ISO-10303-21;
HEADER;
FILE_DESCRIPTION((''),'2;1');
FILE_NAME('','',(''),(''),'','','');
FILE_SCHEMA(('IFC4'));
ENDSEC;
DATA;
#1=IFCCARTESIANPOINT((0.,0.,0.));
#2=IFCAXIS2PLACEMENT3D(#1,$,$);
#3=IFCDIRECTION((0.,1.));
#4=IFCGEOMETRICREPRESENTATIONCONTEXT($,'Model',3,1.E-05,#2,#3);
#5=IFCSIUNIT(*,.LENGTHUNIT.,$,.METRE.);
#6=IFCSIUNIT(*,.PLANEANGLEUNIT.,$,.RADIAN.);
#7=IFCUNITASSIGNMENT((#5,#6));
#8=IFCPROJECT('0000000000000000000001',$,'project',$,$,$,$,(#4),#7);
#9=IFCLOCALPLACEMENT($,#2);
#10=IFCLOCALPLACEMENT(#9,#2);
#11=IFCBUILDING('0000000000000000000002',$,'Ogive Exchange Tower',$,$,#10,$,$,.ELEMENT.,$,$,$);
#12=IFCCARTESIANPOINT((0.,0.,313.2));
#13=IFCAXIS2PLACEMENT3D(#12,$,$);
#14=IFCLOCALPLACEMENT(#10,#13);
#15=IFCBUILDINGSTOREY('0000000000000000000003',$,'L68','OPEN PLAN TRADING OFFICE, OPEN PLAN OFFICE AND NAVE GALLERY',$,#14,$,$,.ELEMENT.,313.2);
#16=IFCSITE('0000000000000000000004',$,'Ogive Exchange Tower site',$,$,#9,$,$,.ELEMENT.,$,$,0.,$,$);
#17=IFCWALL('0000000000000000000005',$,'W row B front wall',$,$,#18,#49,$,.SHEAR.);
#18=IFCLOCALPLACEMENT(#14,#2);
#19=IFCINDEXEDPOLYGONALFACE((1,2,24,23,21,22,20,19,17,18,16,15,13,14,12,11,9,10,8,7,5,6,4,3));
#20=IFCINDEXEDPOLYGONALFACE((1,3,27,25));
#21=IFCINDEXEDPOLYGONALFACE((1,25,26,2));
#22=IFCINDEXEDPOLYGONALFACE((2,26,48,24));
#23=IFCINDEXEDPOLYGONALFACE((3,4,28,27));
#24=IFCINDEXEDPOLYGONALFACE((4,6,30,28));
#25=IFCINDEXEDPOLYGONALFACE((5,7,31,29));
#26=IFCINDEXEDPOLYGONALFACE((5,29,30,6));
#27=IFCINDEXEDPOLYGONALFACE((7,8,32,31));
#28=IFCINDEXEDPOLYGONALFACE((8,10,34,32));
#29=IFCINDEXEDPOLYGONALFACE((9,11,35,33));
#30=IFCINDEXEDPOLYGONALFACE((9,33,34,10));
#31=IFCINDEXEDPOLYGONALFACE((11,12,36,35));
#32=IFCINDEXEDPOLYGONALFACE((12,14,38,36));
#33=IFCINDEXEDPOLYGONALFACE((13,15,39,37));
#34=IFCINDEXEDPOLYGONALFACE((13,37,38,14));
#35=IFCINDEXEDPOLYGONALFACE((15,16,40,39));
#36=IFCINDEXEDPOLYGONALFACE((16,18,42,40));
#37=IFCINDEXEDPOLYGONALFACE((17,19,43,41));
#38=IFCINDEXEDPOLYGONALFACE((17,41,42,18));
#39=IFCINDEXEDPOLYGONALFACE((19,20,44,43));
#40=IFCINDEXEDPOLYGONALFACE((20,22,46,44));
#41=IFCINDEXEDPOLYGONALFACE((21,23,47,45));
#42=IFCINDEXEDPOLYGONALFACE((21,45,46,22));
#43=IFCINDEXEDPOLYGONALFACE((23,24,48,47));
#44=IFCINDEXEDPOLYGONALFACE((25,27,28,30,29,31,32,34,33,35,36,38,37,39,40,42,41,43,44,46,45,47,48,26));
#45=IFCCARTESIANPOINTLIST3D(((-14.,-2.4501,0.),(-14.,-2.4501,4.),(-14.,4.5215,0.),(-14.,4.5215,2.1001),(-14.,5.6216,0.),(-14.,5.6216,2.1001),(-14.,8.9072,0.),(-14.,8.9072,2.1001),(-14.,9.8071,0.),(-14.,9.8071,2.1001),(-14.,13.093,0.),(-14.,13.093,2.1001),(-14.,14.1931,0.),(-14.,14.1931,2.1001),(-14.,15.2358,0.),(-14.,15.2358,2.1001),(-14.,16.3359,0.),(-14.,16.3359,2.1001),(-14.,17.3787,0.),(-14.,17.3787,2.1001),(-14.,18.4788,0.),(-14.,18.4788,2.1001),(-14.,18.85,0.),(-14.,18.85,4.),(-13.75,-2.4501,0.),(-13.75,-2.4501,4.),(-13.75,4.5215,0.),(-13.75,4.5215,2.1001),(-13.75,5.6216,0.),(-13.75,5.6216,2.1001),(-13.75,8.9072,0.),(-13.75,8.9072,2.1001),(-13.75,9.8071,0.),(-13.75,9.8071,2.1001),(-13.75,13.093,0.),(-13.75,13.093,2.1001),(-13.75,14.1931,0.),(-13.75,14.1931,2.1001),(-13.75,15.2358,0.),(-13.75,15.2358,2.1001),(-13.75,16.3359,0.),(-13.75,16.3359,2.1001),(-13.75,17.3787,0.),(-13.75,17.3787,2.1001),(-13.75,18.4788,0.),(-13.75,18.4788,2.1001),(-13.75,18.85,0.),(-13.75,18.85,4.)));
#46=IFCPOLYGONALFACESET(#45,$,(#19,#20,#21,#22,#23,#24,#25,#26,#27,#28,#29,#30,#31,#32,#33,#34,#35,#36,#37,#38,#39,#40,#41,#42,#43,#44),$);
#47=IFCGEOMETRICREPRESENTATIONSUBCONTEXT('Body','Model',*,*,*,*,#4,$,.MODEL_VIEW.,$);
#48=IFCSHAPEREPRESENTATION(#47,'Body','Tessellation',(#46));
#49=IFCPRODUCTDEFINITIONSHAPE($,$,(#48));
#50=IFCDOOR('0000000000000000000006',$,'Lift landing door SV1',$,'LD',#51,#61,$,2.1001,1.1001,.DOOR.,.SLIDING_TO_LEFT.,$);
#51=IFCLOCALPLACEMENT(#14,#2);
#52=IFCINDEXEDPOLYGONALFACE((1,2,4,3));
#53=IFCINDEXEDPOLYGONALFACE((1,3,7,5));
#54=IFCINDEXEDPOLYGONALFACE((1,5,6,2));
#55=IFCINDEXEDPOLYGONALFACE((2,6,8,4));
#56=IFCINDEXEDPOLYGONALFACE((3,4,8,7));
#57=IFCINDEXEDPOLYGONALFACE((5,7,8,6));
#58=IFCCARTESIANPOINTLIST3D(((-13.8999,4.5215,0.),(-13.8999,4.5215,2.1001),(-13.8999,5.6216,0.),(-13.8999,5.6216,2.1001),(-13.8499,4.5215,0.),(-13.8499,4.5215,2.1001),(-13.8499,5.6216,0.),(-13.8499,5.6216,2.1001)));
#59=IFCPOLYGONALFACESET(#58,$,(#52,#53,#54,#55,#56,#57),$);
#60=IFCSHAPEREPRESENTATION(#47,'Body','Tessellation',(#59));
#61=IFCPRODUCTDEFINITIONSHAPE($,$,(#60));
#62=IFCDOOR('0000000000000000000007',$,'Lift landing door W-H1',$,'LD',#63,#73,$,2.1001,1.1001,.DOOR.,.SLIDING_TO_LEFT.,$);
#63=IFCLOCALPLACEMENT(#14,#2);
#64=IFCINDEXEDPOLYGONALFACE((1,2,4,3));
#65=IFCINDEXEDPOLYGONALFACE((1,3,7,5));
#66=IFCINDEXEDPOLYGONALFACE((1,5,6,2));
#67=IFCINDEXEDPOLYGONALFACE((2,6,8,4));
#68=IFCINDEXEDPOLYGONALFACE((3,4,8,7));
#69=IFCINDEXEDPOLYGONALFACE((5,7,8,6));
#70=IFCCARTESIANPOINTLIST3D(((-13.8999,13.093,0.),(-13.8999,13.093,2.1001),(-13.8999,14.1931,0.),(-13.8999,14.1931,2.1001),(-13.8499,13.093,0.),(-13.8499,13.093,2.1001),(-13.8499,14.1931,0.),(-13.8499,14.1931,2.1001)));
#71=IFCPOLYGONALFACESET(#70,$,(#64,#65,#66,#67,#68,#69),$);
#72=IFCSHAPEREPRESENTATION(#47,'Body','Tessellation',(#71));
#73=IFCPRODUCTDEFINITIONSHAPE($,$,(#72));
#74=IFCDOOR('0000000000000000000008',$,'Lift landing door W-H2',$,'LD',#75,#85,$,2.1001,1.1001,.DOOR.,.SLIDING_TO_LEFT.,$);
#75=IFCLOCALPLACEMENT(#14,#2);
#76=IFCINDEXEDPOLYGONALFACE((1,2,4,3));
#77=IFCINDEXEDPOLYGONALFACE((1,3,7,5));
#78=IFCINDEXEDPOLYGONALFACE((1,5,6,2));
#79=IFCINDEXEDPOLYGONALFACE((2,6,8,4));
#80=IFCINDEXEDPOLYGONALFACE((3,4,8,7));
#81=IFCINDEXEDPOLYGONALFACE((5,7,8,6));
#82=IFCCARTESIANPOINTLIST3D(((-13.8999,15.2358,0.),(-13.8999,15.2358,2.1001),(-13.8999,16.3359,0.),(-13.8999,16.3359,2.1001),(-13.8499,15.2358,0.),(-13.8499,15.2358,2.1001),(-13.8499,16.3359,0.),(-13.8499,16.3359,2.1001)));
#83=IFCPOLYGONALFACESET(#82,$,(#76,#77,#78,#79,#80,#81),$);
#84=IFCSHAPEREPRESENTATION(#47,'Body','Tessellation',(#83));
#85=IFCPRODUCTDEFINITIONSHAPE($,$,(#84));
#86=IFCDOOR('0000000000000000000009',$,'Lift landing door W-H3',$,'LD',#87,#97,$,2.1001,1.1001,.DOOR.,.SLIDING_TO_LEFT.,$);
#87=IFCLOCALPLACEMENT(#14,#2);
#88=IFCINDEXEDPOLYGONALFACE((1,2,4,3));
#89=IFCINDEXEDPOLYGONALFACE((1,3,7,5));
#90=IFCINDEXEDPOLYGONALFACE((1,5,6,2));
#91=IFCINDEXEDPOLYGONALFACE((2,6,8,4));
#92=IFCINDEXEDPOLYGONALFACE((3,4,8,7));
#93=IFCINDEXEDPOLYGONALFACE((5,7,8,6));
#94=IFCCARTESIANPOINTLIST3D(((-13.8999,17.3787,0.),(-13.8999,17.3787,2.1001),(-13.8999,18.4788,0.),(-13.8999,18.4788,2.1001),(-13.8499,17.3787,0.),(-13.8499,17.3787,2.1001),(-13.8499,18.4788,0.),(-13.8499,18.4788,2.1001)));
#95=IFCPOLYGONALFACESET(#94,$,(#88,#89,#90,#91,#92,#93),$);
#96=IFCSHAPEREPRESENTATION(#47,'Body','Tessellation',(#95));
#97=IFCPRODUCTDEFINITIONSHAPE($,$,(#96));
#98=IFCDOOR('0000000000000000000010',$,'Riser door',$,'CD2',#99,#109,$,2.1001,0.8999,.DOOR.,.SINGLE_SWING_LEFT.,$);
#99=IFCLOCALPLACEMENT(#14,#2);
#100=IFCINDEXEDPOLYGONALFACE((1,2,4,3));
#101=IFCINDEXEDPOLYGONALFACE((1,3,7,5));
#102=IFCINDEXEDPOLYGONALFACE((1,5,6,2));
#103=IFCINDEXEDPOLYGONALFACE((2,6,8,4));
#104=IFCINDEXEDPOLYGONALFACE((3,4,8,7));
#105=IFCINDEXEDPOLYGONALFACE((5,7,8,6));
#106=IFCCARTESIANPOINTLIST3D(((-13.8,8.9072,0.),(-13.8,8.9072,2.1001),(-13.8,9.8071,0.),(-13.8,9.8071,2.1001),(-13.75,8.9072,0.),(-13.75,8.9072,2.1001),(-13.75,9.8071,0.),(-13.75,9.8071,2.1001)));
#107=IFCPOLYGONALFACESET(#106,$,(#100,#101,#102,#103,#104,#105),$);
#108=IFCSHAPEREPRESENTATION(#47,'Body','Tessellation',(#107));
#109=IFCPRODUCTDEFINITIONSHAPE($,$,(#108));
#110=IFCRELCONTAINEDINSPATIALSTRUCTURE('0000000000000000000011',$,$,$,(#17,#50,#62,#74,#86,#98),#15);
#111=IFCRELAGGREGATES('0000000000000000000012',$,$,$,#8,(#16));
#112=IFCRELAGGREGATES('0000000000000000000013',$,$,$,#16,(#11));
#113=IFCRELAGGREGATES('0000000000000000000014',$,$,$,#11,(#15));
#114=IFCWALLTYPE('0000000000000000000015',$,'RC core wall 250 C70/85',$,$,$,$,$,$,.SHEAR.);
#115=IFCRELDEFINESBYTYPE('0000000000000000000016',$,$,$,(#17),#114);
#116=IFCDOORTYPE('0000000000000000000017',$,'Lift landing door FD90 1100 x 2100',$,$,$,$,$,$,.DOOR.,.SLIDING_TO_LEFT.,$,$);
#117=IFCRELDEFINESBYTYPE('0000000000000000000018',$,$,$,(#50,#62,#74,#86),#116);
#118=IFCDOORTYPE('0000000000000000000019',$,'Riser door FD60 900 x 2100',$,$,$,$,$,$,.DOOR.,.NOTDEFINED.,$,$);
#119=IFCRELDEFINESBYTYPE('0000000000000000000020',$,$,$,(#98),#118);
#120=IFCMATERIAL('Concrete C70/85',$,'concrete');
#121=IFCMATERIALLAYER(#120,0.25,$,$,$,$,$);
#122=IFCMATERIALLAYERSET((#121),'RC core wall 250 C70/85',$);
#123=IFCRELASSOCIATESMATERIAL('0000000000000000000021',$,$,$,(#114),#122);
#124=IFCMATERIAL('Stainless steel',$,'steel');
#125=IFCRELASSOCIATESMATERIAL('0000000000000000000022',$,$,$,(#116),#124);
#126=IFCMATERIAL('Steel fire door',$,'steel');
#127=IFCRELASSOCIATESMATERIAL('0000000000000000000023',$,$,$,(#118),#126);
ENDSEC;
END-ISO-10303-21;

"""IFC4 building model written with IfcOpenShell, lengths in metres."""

from ifc_helpers import new_model, si_unit, direction, frame, frame_2d, origin, place, context, subcontext, project, spatial, rectangle, extrude, material, layer, layer_set, type_object, element, fill, save


model = new_model("IFC4")

# Units and contexts
model_context = context("Model", 3, precision=1e-05, world=origin(), true_north=direction((0.0, 1.0)))
body_context = subcontext(model_context, "Body", "Model", "MODEL_VIEW")
ifc_project = project(units=[si_unit("LENGTHUNIT", "METRE"), si_unit("PLANEANGLEUNIT", "RADIAN")], contexts=[model_context])

# Site, building, storey
site_placement = place(None, origin())
site = spatial("IfcSite", under=ifc_project, at=site_placement, Name="Ogive Exchange Tower site", CompositionType="ELEMENT", RefElevation=0.0)
building_placement = place(site_placement, origin())
building = spatial("IfcBuilding", under=site, at=building_placement, Name="Ogive Exchange Tower", CompositionType="ELEMENT")
storey_placement = place(building_placement, frame((0.0, 0.0, 313.2)))
storey = spatial("IfcBuildingStorey", under=building, at=storey_placement, Name="L68", Description="OPEN PLAN TRADING OFFICE, OPEN PLAN OFFICE AND NAVE GALLERY", CompositionType="ELEMENT", Elevation=313.2)

# Shared definitions
ifc_material_1 = material(Name="Concrete C70/85", Category="concrete")
ifc_layer_1 = layer(ifc_material_1, 0.25)
ifc_layer_set_1 = layer_set([ifc_layer_1], Name="RC core wall 250 C70/85")
wall_type_1 = type_object("IfcWallType", Name="RC core wall 250 C70/85", PredefinedType="SHEAR", material=ifc_layer_set_1)
ifc_material_2 = material(Name="Steel fire door", Category="steel")

# Wall, openings, doors
wall_1_placement = place(storey_placement, frame((-13.875, -2.45, 0.0), z_axis=(0.0, 0.0, 1.0), x_axis=(0.0, 1.0, 0.0)))
wall_1 = element("IfcWall", 1, at=wall_1_placement, inside=storey, type_object=wall_type_1, Name="W row B front wall", PredefinedType="SHEAR", context=body_context, shape_type="SweptSolid", body=[
    extrude(rectangle(XDim=21.3, YDim=0.25, at=frame_2d((10.6499, 0.0))), origin(), (0.0, 0.0, 1.0), 4.0),
])
opening_1_placement = place(wall_1_placement, frame((11.3572, 0.0, 0.0)))
opening_1 = element("IfcOpeningElement", 2, at=opening_1_placement, cuts=wall_1, PredefinedType="OPENING", context=body_context, shape_type="SweptSolid", body=[
    extrude(rectangle(XDim=0.8999, YDim=2.1001, at=frame_2d((0.45, 1.05))), frame((0.0, 0.135, 0.0), z_axis=(0.0, -1.0, 0.0), x_axis=(1.0, 0.0, 0.0)), (0.0, 0.0, 1.0), 0.27),
])
opening_2_placement = place(wall_1_placement, frame((6.9714, 0.0, 0.0)))
opening_2 = element("IfcOpeningElement", 3, at=opening_2_placement, cuts=wall_1, PredefinedType="OPENING", context=body_context, shape_type="SweptSolid", body=[
    extrude(rectangle(XDim=1.1001, YDim=2.1001, at=frame_2d((0.55, 1.05))), frame((0.0, 0.135, 0.0), z_axis=(0.0, -1.0, 0.0), x_axis=(1.0, 0.0, 0.0)), (0.0, 0.0, 1.0), 0.27),
])
opening_3_placement = place(wall_1_placement, frame((15.543, 0.0, 0.0)))
opening_3 = element("IfcOpeningElement", 4, at=opening_3_placement, cuts=wall_1, PredefinedType="OPENING", context=body_context, shape_type="SweptSolid", body=[
    extrude(rectangle(XDim=1.1001, YDim=2.1001, at=frame_2d((0.55, 1.05))), frame((0.0, 0.135, 0.0), z_axis=(0.0, -1.0, 0.0), x_axis=(1.0, 0.0, 0.0)), (0.0, 0.0, 1.0), 0.27),
])
opening_4_placement = place(wall_1_placement, frame((17.6858, 0.0, 0.0)))
opening_4 = element("IfcOpeningElement", 5, at=opening_4_placement, cuts=wall_1, PredefinedType="OPENING", context=body_context, shape_type="SweptSolid", body=[
    extrude(rectangle(XDim=1.1001, YDim=2.1001, at=frame_2d((0.55, 1.05))), frame((0.0, 0.135, 0.0), z_axis=(0.0, -1.0, 0.0), x_axis=(1.0, 0.0, 0.0)), (0.0, 0.0, 1.0), 0.27),
])
opening_5_placement = place(wall_1_placement, frame((19.8286, 0.0, 0.0)))
opening_5 = element("IfcOpeningElement", 6, at=opening_5_placement, cuts=wall_1, PredefinedType="OPENING", context=body_context, shape_type="SweptSolid", body=[
    extrude(rectangle(XDim=1.1001, YDim=2.1001, at=frame_2d((0.55, 1.05))), frame((0.0, 0.135, 0.0), z_axis=(0.0, -1.0, 0.0), x_axis=(1.0, 0.0, 0.0)), (0.0, 0.0, 1.0), 0.27),
])
ifc_material_3 = material(Name="Stainless steel", Category="steel")
door_type_1 = type_object("IfcDoorType", Name="Lift landing door FD90 1100 x 2100", OperationType="SLIDING_TO_LEFT", PredefinedType="DOOR", material=ifc_material_3)
door_1_placement = place(opening_2_placement, origin())
door_1 = element("IfcDoor", 7, at=door_1_placement, inside=storey, type_object=door_type_1, Name="Lift landing door SV1", ObjectType="LD", OperationType="SLIDING_TO_LEFT", OverallHeight=2.1001, OverallWidth=1.1001, PredefinedType="DOOR", context=body_context, shape_type="SweptSolid", body=[
    extrude(rectangle(XDim=1.1001, YDim=2.1001, at=frame_2d((0.55, 1.05))), frame((0.0, 0.0249, 0.0), z_axis=(0.0, -1.0, 0.0), x_axis=(1.0, 0.0, 0.0)), (0.0, 0.0, 1.0), 0.05),
])
fill(opening_2, door_1)
door_2_placement = place(opening_3_placement, origin())
door_2 = element("IfcDoor", 8, at=door_2_placement, inside=storey, type_object=door_type_1, Name="Lift landing door W-H1", ObjectType="LD", OperationType="SLIDING_TO_LEFT", OverallHeight=2.1001, OverallWidth=1.1001, PredefinedType="DOOR", context=body_context, shape_type="SweptSolid", body=[
    extrude(rectangle(XDim=1.1001, YDim=2.1001, at=frame_2d((0.55, 1.05))), frame((0.0, 0.0249, 0.0), z_axis=(0.0, -1.0, 0.0), x_axis=(1.0, 0.0, 0.0)), (0.0, 0.0, 1.0), 0.05),
])
fill(opening_3, door_2)
door_3_placement = place(opening_4_placement, origin())
door_3 = element("IfcDoor", 9, at=door_3_placement, inside=storey, type_object=door_type_1, Name="Lift landing door W-H2", ObjectType="LD", OperationType="SLIDING_TO_LEFT", OverallHeight=2.1001, OverallWidth=1.1001, PredefinedType="DOOR", context=body_context, shape_type="SweptSolid", body=[
    extrude(rectangle(XDim=1.1001, YDim=2.1001, at=frame_2d((0.55, 1.05))), frame((0.0, 0.0249, 0.0), z_axis=(0.0, -1.0, 0.0), x_axis=(1.0, 0.0, 0.0)), (0.0, 0.0, 1.0), 0.05),
])
fill(opening_4, door_3)
door_4_placement = place(opening_5_placement, origin())
door_4 = element("IfcDoor", 10, at=door_4_placement, inside=storey, type_object=door_type_1, Name="Lift landing door W-H3", ObjectType="LD", OperationType="SLIDING_TO_LEFT", OverallHeight=2.1001, OverallWidth=1.1001, PredefinedType="DOOR", context=body_context, shape_type="SweptSolid", body=[
    extrude(rectangle(XDim=1.1001, YDim=2.1001, at=frame_2d((0.55, 1.05))), frame((0.0, 0.0249, 0.0), z_axis=(0.0, -1.0, 0.0), x_axis=(1.0, 0.0, 0.0)), (0.0, 0.0, 1.0), 0.05),
])
fill(opening_5, door_4)
door_type_2 = type_object("IfcDoorType", Name="Riser door FD60 900 x 2100", OperationType="NOTDEFINED", PredefinedType="DOOR", material=ifc_material_2)
door_5_placement = place(opening_1_placement, frame((0.8999, -0.2002, 0.0), z_axis=(0.0, 0.0, 1.0), x_axis=(-1.0, 0.0, 0.0)))
door_5 = element("IfcDoor", 11, at=door_5_placement, inside=storey, type_object=door_type_2, Name="Riser door", ObjectType="CD2", OperationType="SINGLE_SWING_LEFT", OverallHeight=2.1001, OverallWidth=0.8999, PredefinedType="DOOR", context=body_context, shape_type="SweptSolid", body=[
    extrude(rectangle(XDim=0.8999, YDim=2.1001, at=frame_2d((0.45, 1.05))), frame((0.0, -0.0752, 0.0), z_axis=(0.0, -1.0, 0.0), x_axis=(1.0, 0.0, 0.0)), (0.0, 0.0, 1.0), 0.05),
])
fill(opening_1, door_5)

save(model, "model.ifc")
